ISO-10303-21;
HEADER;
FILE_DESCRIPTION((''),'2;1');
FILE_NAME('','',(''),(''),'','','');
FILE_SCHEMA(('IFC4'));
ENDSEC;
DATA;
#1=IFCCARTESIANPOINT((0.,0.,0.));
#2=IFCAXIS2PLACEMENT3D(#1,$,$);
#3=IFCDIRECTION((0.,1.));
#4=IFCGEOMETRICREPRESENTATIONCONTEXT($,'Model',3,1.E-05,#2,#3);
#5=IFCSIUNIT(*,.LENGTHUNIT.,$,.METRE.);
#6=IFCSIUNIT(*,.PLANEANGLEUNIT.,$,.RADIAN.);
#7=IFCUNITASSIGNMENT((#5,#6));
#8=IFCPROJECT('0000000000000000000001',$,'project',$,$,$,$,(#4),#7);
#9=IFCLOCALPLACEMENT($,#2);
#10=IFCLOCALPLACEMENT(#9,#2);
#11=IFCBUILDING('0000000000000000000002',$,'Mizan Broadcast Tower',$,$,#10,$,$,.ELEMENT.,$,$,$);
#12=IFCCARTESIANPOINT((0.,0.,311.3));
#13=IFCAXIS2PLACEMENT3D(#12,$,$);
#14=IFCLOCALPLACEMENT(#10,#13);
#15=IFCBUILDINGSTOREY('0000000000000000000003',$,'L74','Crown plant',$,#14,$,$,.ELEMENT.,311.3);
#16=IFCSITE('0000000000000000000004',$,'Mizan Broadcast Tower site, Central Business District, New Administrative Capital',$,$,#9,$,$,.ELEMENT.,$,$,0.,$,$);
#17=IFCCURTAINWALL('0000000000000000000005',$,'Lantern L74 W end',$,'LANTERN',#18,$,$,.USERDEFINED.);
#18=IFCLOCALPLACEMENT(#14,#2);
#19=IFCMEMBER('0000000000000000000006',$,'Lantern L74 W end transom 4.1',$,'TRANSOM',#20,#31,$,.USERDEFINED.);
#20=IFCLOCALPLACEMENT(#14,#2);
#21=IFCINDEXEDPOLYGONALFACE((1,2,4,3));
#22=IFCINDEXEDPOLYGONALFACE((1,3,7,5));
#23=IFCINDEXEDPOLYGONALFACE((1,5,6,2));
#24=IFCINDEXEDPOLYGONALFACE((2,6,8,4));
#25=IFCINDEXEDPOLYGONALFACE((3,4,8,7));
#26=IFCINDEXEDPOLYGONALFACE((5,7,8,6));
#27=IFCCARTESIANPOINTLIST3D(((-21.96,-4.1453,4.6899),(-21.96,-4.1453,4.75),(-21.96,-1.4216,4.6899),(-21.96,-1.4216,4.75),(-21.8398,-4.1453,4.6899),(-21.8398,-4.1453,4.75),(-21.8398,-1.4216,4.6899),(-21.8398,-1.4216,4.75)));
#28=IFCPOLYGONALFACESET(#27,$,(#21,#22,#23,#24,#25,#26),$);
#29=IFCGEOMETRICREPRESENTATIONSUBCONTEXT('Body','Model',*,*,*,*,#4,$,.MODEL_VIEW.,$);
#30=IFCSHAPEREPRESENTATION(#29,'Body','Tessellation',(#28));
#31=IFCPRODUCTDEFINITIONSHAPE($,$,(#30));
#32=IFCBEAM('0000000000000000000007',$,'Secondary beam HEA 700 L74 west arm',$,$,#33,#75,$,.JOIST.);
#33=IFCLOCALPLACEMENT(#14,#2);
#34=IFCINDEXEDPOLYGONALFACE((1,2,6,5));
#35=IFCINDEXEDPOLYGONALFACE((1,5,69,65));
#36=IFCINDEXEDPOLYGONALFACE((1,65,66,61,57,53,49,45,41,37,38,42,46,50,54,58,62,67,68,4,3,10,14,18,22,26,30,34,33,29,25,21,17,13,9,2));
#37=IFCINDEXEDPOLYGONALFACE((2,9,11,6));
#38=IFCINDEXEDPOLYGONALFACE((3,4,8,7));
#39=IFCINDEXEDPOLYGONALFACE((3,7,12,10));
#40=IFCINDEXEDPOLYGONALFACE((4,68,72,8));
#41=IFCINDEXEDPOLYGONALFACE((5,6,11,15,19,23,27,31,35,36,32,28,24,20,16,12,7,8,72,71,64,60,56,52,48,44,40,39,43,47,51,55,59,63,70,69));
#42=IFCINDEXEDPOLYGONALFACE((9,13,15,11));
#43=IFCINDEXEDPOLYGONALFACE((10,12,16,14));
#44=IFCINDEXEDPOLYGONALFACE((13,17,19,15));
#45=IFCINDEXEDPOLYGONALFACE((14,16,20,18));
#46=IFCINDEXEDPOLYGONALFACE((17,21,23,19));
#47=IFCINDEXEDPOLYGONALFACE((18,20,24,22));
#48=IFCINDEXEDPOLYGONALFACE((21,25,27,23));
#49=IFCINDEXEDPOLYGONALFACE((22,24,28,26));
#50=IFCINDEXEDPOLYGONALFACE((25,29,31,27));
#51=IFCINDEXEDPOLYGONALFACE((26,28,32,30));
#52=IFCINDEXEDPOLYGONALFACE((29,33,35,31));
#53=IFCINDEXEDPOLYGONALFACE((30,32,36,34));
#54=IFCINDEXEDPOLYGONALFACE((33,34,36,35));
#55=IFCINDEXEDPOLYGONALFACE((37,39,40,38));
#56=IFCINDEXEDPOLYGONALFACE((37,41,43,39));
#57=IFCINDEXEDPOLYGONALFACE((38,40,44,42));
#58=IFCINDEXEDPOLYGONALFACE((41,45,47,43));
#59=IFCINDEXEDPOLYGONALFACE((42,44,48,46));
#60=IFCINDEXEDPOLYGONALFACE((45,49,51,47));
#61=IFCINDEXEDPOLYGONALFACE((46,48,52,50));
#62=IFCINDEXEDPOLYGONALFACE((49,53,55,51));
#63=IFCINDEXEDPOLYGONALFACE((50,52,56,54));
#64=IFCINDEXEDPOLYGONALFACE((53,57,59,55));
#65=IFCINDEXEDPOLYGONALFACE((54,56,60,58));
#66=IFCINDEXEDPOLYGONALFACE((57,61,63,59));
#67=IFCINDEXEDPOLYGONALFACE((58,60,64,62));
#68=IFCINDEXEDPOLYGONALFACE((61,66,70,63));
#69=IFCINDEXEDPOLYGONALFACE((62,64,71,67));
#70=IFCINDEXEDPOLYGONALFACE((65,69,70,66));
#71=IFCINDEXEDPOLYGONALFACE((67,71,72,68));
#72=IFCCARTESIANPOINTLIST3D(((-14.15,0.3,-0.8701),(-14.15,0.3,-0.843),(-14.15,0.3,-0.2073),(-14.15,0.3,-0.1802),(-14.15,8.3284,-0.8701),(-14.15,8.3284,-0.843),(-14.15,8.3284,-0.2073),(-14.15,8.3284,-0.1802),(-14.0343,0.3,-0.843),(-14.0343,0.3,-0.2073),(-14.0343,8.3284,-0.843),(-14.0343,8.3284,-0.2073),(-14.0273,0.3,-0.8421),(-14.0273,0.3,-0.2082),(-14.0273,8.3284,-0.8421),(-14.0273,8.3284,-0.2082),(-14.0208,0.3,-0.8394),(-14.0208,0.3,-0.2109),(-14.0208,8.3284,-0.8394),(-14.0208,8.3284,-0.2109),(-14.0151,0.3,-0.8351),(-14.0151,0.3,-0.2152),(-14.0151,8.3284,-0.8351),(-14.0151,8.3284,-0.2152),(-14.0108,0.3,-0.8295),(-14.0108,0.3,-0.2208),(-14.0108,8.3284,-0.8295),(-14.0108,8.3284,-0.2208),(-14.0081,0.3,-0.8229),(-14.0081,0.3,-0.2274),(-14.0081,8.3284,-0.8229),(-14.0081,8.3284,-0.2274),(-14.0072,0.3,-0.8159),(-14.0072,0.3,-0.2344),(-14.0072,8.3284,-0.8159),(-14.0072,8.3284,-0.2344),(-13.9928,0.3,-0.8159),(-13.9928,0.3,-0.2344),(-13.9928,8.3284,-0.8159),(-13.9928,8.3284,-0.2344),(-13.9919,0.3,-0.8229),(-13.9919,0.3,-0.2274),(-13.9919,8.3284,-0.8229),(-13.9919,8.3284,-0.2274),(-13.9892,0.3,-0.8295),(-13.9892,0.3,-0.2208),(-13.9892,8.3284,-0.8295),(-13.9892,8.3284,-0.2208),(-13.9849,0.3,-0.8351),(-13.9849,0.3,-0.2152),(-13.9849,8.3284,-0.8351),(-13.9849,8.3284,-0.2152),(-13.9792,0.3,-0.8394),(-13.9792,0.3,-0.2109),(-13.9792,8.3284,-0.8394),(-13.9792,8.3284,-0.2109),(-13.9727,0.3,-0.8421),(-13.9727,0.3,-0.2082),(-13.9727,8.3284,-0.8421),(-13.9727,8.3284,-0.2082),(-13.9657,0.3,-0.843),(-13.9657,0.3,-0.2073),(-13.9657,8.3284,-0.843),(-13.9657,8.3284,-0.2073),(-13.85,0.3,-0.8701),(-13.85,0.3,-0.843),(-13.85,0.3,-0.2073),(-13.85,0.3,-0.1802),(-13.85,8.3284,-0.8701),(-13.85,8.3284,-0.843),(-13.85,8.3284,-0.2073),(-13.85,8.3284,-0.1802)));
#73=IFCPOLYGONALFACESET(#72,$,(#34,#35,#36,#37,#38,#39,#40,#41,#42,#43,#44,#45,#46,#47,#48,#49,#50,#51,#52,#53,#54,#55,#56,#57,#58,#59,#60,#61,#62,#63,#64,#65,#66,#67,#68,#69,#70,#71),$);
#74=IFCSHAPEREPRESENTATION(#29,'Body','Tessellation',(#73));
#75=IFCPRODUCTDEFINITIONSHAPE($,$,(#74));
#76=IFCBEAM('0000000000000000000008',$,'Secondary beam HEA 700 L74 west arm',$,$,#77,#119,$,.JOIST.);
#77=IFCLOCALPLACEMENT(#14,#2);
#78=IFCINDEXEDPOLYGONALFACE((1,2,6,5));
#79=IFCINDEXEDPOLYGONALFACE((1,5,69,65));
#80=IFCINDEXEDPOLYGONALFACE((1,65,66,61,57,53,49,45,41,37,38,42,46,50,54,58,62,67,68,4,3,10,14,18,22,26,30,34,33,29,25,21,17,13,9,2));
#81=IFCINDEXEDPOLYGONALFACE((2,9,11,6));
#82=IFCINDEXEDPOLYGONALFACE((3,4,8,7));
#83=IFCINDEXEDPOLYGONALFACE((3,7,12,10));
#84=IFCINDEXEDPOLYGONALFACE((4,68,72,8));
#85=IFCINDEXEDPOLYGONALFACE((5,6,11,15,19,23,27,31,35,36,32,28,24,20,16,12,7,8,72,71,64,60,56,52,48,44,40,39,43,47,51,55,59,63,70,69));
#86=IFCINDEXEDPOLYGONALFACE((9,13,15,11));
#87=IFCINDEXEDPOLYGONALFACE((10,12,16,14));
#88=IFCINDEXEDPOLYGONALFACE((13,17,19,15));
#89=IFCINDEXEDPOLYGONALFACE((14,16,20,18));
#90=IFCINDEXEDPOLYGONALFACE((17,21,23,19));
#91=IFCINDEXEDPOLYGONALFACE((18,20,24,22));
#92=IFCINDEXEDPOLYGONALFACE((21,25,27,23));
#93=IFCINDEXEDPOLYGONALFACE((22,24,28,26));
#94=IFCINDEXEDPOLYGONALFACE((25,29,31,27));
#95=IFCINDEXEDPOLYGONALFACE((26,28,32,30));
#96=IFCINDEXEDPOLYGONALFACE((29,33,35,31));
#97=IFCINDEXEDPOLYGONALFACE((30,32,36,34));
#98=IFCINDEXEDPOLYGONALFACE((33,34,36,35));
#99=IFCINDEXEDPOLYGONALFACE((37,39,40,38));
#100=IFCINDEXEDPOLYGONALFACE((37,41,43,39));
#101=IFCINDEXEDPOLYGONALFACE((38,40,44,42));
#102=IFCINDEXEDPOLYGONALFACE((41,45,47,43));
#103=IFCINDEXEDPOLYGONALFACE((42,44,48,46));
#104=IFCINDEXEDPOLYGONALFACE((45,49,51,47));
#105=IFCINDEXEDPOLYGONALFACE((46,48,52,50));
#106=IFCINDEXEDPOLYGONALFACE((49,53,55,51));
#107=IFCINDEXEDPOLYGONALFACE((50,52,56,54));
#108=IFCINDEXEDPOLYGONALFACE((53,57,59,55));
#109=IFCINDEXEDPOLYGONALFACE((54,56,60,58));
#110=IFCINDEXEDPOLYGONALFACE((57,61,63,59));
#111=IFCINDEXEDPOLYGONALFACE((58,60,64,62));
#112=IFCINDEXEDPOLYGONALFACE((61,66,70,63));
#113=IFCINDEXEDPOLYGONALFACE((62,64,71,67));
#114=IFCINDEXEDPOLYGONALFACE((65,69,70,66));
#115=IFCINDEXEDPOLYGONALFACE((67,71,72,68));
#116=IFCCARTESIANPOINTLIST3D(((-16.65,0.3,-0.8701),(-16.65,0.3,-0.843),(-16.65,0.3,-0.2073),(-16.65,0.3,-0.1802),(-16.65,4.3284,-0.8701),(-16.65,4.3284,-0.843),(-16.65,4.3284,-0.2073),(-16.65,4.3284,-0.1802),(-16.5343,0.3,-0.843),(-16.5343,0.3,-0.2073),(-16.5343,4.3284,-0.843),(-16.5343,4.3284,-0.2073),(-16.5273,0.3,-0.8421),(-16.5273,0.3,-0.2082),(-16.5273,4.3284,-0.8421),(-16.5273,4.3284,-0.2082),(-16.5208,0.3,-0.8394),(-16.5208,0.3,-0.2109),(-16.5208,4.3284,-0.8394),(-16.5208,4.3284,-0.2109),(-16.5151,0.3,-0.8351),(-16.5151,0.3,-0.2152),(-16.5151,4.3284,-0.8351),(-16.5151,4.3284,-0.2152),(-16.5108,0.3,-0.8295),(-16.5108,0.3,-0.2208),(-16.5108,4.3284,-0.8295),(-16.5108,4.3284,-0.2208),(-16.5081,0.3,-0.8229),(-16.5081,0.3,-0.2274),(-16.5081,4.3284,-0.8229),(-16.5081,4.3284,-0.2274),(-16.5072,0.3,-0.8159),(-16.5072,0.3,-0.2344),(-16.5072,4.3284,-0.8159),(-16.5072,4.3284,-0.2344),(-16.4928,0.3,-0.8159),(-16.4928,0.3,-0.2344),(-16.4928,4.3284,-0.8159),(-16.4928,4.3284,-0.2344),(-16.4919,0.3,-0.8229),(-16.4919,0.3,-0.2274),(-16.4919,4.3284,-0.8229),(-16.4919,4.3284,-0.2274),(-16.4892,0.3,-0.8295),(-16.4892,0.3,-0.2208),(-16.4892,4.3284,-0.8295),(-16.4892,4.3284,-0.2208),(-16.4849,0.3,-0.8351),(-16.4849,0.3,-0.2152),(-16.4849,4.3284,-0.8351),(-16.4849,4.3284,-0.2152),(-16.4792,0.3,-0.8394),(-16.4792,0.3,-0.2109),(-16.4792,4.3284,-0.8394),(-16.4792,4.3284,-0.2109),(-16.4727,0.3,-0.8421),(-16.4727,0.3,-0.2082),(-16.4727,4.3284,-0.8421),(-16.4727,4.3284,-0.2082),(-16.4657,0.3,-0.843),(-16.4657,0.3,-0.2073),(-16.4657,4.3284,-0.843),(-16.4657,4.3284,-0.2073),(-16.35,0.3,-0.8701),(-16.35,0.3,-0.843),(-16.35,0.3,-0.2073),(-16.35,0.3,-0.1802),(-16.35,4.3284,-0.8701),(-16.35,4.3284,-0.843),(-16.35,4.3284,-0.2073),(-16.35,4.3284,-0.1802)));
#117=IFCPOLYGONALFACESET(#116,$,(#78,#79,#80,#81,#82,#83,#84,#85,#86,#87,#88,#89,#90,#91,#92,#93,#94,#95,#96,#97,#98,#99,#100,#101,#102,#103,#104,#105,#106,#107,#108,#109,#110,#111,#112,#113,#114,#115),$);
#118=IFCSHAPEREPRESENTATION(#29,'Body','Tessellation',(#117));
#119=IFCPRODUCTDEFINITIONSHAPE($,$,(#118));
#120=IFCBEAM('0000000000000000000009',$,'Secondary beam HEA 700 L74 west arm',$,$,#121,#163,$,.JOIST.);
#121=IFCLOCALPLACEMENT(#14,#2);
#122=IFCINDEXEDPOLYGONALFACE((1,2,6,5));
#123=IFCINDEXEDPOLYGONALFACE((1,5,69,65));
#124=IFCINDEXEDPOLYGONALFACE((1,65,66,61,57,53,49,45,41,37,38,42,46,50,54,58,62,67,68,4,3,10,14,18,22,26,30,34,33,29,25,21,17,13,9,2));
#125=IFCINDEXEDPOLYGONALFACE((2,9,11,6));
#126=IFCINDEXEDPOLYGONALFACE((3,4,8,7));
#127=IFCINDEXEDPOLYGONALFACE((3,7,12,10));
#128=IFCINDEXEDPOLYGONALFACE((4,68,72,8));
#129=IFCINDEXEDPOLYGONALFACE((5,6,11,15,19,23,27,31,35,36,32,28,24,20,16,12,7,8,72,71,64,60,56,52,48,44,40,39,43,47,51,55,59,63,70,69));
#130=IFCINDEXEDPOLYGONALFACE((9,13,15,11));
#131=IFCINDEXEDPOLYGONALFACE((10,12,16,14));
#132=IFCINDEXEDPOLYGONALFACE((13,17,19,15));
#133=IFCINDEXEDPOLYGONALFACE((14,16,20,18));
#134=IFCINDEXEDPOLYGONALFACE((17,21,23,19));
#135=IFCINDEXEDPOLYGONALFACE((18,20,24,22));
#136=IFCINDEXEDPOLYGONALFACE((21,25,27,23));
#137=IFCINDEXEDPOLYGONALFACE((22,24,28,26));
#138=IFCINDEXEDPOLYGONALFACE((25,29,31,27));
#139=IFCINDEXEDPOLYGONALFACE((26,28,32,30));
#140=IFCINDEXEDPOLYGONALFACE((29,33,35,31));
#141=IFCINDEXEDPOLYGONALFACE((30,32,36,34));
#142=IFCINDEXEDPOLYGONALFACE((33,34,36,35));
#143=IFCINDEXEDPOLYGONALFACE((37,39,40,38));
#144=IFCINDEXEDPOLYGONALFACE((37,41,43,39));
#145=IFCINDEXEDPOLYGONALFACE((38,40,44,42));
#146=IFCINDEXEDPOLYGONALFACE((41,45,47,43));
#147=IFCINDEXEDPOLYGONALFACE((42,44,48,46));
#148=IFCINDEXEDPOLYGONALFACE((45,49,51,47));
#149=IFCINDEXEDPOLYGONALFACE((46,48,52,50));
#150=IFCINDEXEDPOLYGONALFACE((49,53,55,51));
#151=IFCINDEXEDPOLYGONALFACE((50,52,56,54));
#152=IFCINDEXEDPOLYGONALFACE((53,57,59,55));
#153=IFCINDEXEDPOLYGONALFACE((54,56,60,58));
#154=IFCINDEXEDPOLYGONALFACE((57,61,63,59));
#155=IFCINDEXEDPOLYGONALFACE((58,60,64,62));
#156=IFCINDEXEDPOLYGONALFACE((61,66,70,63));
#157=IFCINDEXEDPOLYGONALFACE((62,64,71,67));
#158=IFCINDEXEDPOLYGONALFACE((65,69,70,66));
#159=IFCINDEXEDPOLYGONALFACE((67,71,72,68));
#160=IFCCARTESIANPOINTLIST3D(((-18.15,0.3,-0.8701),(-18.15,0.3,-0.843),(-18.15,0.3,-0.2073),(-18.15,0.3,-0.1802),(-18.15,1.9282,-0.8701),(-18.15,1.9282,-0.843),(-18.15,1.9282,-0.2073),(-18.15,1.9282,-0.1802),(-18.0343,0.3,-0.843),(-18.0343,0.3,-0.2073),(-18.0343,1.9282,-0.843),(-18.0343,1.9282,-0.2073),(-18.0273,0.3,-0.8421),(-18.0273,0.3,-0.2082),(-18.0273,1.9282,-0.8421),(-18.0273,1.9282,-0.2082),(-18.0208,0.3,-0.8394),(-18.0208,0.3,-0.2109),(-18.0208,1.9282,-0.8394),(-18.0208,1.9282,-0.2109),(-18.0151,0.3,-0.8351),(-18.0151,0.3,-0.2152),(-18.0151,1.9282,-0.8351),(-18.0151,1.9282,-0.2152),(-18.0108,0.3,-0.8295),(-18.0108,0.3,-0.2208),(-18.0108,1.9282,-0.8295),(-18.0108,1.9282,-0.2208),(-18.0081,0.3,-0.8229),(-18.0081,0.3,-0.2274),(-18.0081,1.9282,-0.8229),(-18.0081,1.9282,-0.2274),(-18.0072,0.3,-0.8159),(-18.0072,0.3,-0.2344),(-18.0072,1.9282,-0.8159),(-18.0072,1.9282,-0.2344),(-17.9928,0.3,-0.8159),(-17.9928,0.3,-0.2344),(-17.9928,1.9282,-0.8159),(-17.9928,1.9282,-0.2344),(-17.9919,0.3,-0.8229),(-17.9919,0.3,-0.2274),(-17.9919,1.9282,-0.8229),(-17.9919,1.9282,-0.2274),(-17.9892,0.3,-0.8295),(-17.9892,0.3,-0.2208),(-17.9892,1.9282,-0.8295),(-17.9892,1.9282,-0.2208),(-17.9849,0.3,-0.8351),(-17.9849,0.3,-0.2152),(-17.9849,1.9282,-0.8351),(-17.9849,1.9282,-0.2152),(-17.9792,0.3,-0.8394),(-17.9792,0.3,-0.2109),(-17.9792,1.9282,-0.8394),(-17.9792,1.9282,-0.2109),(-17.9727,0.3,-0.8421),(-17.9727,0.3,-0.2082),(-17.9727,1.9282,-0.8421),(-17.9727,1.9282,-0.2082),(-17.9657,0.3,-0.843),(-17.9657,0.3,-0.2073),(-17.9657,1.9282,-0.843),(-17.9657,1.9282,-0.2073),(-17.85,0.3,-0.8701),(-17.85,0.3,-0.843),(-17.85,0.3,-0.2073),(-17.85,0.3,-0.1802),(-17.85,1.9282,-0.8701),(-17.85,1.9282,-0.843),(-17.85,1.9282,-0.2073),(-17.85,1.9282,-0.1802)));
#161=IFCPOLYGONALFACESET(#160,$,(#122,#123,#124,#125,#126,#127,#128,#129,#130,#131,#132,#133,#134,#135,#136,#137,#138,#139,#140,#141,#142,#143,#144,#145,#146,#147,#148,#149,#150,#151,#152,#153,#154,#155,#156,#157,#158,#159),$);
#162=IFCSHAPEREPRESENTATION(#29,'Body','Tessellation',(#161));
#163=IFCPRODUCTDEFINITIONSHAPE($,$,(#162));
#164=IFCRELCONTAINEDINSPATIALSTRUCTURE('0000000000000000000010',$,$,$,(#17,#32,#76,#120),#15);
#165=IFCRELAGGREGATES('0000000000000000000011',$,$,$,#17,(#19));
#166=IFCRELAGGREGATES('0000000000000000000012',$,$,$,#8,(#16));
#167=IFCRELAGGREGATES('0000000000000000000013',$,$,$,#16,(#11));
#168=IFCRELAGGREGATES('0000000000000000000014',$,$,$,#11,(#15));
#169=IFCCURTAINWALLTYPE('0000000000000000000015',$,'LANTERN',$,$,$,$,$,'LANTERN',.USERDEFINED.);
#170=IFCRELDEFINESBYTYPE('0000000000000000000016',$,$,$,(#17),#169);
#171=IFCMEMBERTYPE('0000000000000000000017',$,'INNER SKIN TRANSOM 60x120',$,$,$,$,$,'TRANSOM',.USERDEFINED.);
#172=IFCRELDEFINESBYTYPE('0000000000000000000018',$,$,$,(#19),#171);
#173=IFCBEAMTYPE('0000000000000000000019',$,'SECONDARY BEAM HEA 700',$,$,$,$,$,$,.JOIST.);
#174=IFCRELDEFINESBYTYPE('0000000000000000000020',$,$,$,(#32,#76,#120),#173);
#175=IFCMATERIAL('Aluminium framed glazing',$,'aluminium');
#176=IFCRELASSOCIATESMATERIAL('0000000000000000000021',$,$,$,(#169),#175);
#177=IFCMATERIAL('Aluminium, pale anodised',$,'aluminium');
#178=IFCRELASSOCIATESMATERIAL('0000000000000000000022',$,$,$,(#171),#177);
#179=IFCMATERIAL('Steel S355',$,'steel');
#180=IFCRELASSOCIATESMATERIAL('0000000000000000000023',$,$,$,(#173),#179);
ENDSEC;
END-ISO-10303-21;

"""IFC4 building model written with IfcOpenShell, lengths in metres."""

from ifc_helpers import new_model, si_unit, direction, frame, origin, origin_2d, place, context, subcontext, project, spatial, rectangle, i_section, extrude, material, material_profile, profile_set, type_object, element, aggregate, save


model = new_model("IFC4")

# Units and contexts
model_context = context("Model", 3, precision=1e-05, world=origin(), true_north=direction((0.0, 1.0)))
body_context = subcontext(model_context, "Body", "Model", "MODEL_VIEW")
ifc_project = project(units=[si_unit("LENGTHUNIT", "METRE"), si_unit("PLANEANGLEUNIT", "RADIAN")], contexts=[model_context])

# Site, building, storey
site_placement = place(None, origin())
site = spatial("IfcSite", under=ifc_project, at=site_placement, Name="Mizan Broadcast Tower site, Central Business District, New Administrative Capital", CompositionType="ELEMENT", RefElevation=0.0)
building_placement = place(site_placement, origin())
building = spatial("IfcBuilding", under=site, at=building_placement, Name="Mizan Broadcast Tower", CompositionType="ELEMENT")
storey_placement = place(building_placement, frame((0.0, 0.0, 311.3)))
storey = spatial("IfcBuildingStorey", under=building, at=storey_placement, Name="L74", Description="Crown plant", CompositionType="ELEMENT", Elevation=311.3)

# Shared definitions
ifc_material_1 = material(Name="Aluminium framed glazing", Category="aluminium")
curtain_wall_type = type_object("IfcCurtainWallType", Name="LANTERN", ElementType="LANTERN", PredefinedType="USERDEFINED", material=ifc_material_1)

# Curtain wall
curtain_wall_1_placement = place(storey_placement, origin())
curtain_wall_1 = element("IfcCurtainWall", 1, at=curtain_wall_1_placement, inside=storey, type_object=curtain_wall_type, Name="Lantern L74 W end", ObjectType="LANTERN", PredefinedType="USERDEFINED")

# Member
ifc_material_2 = material(Name="Aluminium, pale anodised", Category="aluminium")
ifc_material_profile_1 = material_profile(ifc_material_2, rectangle(XDim=0.1201, YDim=0.0601, at=origin_2d()), Name="TRANSOM 120x60")
ifc_profile_set_1 = profile_set([ifc_material_profile_1], Name="Aluminium, pale anodised")
member_type_1 = type_object("IfcMemberType", Name="INNER SKIN TRANSOM 60x120", ElementType="TRANSOM", PredefinedType="USERDEFINED", material=ifc_profile_set_1)
member_1_placement = place(storey_placement, frame((-21.8999, -1.4216, 4.72), z_axis=(0.0, -1.0, 0.0), x_axis=(1.0, 0.0, 0.0)))
member_1 = element("IfcMember", 2, at=member_1_placement, type_object=member_type_1, Name="Lantern L74 W end transom 4.1", ObjectType="TRANSOM", PredefinedType="USERDEFINED", context=body_context, shape_type="SweptSolid", body=[
    extrude(rectangle(XDim=0.1201, YDim=0.0601, at=origin_2d()), origin(), (0.0, 0.0, 1.0), 2.7236),
])

# Beams
ifc_material_3 = material(Name="Steel S355", Category="steel")
ifc_material_profile_2 = material_profile(ifc_material_3, i_section(OverallWidth=0.3, OverallDepth=0.6899, WebThickness=0.0144, FlangeThickness=0.0271, FilletRadius=0.0271, at=origin_2d()), Name="HEA 700")
ifc_profile_set_2 = profile_set([ifc_material_profile_2], Name="Steel S355")
beam_type = type_object("IfcBeamType", Name="SECONDARY BEAM HEA 700", PredefinedType="JOIST", material=ifc_profile_set_2)
beam_1_placement = place(storey_placement, frame((-14.0, 8.3284, -0.5251), z_axis=(0.0, -1.0, 0.0), x_axis=(1.0, 0.0, 0.0)))
element("IfcBeam", 3, at=beam_1_placement, inside=storey, type_object=beam_type, Name="Secondary beam HEA 700 L74 west arm", PredefinedType="JOIST", context=body_context, shape_type="SweptSolid", body=[
    extrude(i_section(OverallWidth=0.3, OverallDepth=0.6899, WebThickness=0.0144, FlangeThickness=0.0271, FilletRadius=0.0271, at=origin_2d()), origin(), (0.0, 0.0, 1.0), 8.0283),
])
beam_2_placement = place(storey_placement, frame((-16.5, 4.3284, -0.5251), z_axis=(0.0, -1.0, 0.0), x_axis=(1.0, 0.0, 0.0)))
element("IfcBeam", 4, at=beam_2_placement, inside=storey, type_object=beam_type, Name="Secondary beam HEA 700 L74 west arm", PredefinedType="JOIST", context=body_context, shape_type="SweptSolid", body=[
    extrude(i_section(OverallWidth=0.3, OverallDepth=0.6899, WebThickness=0.0144, FlangeThickness=0.0271, FilletRadius=0.0271, at=origin_2d()), origin(), (0.0, 0.0, 1.0), 4.0283),
])
for number, where, z_axis, x_axis, name in (
    (5, (-18.0, 1.9282, -0.5251), (0.0, -1.0, 0.0), (1.0, 0.0, 0.0), "Secondary beam HEA 700 L74 west arm"),
):
    element("IfcBeam", number, at=place(storey_placement, frame(where, z_axis=z_axis, x_axis=x_axis)), inside=storey, type_object=beam_type, Name=name, PredefinedType="JOIST", context=body_context, shape_type="SweptSolid", body=[
        extrude(i_section(OverallWidth=0.3, OverallDepth=0.6899, WebThickness=0.0144, FlangeThickness=0.0271, FilletRadius=0.0271, at=origin_2d()), origin(), (0.0, 0.0, 1.0), 1.6282),
    ])

aggregate(curtain_wall_1, [member_1])

save(model, "model.ifc")
